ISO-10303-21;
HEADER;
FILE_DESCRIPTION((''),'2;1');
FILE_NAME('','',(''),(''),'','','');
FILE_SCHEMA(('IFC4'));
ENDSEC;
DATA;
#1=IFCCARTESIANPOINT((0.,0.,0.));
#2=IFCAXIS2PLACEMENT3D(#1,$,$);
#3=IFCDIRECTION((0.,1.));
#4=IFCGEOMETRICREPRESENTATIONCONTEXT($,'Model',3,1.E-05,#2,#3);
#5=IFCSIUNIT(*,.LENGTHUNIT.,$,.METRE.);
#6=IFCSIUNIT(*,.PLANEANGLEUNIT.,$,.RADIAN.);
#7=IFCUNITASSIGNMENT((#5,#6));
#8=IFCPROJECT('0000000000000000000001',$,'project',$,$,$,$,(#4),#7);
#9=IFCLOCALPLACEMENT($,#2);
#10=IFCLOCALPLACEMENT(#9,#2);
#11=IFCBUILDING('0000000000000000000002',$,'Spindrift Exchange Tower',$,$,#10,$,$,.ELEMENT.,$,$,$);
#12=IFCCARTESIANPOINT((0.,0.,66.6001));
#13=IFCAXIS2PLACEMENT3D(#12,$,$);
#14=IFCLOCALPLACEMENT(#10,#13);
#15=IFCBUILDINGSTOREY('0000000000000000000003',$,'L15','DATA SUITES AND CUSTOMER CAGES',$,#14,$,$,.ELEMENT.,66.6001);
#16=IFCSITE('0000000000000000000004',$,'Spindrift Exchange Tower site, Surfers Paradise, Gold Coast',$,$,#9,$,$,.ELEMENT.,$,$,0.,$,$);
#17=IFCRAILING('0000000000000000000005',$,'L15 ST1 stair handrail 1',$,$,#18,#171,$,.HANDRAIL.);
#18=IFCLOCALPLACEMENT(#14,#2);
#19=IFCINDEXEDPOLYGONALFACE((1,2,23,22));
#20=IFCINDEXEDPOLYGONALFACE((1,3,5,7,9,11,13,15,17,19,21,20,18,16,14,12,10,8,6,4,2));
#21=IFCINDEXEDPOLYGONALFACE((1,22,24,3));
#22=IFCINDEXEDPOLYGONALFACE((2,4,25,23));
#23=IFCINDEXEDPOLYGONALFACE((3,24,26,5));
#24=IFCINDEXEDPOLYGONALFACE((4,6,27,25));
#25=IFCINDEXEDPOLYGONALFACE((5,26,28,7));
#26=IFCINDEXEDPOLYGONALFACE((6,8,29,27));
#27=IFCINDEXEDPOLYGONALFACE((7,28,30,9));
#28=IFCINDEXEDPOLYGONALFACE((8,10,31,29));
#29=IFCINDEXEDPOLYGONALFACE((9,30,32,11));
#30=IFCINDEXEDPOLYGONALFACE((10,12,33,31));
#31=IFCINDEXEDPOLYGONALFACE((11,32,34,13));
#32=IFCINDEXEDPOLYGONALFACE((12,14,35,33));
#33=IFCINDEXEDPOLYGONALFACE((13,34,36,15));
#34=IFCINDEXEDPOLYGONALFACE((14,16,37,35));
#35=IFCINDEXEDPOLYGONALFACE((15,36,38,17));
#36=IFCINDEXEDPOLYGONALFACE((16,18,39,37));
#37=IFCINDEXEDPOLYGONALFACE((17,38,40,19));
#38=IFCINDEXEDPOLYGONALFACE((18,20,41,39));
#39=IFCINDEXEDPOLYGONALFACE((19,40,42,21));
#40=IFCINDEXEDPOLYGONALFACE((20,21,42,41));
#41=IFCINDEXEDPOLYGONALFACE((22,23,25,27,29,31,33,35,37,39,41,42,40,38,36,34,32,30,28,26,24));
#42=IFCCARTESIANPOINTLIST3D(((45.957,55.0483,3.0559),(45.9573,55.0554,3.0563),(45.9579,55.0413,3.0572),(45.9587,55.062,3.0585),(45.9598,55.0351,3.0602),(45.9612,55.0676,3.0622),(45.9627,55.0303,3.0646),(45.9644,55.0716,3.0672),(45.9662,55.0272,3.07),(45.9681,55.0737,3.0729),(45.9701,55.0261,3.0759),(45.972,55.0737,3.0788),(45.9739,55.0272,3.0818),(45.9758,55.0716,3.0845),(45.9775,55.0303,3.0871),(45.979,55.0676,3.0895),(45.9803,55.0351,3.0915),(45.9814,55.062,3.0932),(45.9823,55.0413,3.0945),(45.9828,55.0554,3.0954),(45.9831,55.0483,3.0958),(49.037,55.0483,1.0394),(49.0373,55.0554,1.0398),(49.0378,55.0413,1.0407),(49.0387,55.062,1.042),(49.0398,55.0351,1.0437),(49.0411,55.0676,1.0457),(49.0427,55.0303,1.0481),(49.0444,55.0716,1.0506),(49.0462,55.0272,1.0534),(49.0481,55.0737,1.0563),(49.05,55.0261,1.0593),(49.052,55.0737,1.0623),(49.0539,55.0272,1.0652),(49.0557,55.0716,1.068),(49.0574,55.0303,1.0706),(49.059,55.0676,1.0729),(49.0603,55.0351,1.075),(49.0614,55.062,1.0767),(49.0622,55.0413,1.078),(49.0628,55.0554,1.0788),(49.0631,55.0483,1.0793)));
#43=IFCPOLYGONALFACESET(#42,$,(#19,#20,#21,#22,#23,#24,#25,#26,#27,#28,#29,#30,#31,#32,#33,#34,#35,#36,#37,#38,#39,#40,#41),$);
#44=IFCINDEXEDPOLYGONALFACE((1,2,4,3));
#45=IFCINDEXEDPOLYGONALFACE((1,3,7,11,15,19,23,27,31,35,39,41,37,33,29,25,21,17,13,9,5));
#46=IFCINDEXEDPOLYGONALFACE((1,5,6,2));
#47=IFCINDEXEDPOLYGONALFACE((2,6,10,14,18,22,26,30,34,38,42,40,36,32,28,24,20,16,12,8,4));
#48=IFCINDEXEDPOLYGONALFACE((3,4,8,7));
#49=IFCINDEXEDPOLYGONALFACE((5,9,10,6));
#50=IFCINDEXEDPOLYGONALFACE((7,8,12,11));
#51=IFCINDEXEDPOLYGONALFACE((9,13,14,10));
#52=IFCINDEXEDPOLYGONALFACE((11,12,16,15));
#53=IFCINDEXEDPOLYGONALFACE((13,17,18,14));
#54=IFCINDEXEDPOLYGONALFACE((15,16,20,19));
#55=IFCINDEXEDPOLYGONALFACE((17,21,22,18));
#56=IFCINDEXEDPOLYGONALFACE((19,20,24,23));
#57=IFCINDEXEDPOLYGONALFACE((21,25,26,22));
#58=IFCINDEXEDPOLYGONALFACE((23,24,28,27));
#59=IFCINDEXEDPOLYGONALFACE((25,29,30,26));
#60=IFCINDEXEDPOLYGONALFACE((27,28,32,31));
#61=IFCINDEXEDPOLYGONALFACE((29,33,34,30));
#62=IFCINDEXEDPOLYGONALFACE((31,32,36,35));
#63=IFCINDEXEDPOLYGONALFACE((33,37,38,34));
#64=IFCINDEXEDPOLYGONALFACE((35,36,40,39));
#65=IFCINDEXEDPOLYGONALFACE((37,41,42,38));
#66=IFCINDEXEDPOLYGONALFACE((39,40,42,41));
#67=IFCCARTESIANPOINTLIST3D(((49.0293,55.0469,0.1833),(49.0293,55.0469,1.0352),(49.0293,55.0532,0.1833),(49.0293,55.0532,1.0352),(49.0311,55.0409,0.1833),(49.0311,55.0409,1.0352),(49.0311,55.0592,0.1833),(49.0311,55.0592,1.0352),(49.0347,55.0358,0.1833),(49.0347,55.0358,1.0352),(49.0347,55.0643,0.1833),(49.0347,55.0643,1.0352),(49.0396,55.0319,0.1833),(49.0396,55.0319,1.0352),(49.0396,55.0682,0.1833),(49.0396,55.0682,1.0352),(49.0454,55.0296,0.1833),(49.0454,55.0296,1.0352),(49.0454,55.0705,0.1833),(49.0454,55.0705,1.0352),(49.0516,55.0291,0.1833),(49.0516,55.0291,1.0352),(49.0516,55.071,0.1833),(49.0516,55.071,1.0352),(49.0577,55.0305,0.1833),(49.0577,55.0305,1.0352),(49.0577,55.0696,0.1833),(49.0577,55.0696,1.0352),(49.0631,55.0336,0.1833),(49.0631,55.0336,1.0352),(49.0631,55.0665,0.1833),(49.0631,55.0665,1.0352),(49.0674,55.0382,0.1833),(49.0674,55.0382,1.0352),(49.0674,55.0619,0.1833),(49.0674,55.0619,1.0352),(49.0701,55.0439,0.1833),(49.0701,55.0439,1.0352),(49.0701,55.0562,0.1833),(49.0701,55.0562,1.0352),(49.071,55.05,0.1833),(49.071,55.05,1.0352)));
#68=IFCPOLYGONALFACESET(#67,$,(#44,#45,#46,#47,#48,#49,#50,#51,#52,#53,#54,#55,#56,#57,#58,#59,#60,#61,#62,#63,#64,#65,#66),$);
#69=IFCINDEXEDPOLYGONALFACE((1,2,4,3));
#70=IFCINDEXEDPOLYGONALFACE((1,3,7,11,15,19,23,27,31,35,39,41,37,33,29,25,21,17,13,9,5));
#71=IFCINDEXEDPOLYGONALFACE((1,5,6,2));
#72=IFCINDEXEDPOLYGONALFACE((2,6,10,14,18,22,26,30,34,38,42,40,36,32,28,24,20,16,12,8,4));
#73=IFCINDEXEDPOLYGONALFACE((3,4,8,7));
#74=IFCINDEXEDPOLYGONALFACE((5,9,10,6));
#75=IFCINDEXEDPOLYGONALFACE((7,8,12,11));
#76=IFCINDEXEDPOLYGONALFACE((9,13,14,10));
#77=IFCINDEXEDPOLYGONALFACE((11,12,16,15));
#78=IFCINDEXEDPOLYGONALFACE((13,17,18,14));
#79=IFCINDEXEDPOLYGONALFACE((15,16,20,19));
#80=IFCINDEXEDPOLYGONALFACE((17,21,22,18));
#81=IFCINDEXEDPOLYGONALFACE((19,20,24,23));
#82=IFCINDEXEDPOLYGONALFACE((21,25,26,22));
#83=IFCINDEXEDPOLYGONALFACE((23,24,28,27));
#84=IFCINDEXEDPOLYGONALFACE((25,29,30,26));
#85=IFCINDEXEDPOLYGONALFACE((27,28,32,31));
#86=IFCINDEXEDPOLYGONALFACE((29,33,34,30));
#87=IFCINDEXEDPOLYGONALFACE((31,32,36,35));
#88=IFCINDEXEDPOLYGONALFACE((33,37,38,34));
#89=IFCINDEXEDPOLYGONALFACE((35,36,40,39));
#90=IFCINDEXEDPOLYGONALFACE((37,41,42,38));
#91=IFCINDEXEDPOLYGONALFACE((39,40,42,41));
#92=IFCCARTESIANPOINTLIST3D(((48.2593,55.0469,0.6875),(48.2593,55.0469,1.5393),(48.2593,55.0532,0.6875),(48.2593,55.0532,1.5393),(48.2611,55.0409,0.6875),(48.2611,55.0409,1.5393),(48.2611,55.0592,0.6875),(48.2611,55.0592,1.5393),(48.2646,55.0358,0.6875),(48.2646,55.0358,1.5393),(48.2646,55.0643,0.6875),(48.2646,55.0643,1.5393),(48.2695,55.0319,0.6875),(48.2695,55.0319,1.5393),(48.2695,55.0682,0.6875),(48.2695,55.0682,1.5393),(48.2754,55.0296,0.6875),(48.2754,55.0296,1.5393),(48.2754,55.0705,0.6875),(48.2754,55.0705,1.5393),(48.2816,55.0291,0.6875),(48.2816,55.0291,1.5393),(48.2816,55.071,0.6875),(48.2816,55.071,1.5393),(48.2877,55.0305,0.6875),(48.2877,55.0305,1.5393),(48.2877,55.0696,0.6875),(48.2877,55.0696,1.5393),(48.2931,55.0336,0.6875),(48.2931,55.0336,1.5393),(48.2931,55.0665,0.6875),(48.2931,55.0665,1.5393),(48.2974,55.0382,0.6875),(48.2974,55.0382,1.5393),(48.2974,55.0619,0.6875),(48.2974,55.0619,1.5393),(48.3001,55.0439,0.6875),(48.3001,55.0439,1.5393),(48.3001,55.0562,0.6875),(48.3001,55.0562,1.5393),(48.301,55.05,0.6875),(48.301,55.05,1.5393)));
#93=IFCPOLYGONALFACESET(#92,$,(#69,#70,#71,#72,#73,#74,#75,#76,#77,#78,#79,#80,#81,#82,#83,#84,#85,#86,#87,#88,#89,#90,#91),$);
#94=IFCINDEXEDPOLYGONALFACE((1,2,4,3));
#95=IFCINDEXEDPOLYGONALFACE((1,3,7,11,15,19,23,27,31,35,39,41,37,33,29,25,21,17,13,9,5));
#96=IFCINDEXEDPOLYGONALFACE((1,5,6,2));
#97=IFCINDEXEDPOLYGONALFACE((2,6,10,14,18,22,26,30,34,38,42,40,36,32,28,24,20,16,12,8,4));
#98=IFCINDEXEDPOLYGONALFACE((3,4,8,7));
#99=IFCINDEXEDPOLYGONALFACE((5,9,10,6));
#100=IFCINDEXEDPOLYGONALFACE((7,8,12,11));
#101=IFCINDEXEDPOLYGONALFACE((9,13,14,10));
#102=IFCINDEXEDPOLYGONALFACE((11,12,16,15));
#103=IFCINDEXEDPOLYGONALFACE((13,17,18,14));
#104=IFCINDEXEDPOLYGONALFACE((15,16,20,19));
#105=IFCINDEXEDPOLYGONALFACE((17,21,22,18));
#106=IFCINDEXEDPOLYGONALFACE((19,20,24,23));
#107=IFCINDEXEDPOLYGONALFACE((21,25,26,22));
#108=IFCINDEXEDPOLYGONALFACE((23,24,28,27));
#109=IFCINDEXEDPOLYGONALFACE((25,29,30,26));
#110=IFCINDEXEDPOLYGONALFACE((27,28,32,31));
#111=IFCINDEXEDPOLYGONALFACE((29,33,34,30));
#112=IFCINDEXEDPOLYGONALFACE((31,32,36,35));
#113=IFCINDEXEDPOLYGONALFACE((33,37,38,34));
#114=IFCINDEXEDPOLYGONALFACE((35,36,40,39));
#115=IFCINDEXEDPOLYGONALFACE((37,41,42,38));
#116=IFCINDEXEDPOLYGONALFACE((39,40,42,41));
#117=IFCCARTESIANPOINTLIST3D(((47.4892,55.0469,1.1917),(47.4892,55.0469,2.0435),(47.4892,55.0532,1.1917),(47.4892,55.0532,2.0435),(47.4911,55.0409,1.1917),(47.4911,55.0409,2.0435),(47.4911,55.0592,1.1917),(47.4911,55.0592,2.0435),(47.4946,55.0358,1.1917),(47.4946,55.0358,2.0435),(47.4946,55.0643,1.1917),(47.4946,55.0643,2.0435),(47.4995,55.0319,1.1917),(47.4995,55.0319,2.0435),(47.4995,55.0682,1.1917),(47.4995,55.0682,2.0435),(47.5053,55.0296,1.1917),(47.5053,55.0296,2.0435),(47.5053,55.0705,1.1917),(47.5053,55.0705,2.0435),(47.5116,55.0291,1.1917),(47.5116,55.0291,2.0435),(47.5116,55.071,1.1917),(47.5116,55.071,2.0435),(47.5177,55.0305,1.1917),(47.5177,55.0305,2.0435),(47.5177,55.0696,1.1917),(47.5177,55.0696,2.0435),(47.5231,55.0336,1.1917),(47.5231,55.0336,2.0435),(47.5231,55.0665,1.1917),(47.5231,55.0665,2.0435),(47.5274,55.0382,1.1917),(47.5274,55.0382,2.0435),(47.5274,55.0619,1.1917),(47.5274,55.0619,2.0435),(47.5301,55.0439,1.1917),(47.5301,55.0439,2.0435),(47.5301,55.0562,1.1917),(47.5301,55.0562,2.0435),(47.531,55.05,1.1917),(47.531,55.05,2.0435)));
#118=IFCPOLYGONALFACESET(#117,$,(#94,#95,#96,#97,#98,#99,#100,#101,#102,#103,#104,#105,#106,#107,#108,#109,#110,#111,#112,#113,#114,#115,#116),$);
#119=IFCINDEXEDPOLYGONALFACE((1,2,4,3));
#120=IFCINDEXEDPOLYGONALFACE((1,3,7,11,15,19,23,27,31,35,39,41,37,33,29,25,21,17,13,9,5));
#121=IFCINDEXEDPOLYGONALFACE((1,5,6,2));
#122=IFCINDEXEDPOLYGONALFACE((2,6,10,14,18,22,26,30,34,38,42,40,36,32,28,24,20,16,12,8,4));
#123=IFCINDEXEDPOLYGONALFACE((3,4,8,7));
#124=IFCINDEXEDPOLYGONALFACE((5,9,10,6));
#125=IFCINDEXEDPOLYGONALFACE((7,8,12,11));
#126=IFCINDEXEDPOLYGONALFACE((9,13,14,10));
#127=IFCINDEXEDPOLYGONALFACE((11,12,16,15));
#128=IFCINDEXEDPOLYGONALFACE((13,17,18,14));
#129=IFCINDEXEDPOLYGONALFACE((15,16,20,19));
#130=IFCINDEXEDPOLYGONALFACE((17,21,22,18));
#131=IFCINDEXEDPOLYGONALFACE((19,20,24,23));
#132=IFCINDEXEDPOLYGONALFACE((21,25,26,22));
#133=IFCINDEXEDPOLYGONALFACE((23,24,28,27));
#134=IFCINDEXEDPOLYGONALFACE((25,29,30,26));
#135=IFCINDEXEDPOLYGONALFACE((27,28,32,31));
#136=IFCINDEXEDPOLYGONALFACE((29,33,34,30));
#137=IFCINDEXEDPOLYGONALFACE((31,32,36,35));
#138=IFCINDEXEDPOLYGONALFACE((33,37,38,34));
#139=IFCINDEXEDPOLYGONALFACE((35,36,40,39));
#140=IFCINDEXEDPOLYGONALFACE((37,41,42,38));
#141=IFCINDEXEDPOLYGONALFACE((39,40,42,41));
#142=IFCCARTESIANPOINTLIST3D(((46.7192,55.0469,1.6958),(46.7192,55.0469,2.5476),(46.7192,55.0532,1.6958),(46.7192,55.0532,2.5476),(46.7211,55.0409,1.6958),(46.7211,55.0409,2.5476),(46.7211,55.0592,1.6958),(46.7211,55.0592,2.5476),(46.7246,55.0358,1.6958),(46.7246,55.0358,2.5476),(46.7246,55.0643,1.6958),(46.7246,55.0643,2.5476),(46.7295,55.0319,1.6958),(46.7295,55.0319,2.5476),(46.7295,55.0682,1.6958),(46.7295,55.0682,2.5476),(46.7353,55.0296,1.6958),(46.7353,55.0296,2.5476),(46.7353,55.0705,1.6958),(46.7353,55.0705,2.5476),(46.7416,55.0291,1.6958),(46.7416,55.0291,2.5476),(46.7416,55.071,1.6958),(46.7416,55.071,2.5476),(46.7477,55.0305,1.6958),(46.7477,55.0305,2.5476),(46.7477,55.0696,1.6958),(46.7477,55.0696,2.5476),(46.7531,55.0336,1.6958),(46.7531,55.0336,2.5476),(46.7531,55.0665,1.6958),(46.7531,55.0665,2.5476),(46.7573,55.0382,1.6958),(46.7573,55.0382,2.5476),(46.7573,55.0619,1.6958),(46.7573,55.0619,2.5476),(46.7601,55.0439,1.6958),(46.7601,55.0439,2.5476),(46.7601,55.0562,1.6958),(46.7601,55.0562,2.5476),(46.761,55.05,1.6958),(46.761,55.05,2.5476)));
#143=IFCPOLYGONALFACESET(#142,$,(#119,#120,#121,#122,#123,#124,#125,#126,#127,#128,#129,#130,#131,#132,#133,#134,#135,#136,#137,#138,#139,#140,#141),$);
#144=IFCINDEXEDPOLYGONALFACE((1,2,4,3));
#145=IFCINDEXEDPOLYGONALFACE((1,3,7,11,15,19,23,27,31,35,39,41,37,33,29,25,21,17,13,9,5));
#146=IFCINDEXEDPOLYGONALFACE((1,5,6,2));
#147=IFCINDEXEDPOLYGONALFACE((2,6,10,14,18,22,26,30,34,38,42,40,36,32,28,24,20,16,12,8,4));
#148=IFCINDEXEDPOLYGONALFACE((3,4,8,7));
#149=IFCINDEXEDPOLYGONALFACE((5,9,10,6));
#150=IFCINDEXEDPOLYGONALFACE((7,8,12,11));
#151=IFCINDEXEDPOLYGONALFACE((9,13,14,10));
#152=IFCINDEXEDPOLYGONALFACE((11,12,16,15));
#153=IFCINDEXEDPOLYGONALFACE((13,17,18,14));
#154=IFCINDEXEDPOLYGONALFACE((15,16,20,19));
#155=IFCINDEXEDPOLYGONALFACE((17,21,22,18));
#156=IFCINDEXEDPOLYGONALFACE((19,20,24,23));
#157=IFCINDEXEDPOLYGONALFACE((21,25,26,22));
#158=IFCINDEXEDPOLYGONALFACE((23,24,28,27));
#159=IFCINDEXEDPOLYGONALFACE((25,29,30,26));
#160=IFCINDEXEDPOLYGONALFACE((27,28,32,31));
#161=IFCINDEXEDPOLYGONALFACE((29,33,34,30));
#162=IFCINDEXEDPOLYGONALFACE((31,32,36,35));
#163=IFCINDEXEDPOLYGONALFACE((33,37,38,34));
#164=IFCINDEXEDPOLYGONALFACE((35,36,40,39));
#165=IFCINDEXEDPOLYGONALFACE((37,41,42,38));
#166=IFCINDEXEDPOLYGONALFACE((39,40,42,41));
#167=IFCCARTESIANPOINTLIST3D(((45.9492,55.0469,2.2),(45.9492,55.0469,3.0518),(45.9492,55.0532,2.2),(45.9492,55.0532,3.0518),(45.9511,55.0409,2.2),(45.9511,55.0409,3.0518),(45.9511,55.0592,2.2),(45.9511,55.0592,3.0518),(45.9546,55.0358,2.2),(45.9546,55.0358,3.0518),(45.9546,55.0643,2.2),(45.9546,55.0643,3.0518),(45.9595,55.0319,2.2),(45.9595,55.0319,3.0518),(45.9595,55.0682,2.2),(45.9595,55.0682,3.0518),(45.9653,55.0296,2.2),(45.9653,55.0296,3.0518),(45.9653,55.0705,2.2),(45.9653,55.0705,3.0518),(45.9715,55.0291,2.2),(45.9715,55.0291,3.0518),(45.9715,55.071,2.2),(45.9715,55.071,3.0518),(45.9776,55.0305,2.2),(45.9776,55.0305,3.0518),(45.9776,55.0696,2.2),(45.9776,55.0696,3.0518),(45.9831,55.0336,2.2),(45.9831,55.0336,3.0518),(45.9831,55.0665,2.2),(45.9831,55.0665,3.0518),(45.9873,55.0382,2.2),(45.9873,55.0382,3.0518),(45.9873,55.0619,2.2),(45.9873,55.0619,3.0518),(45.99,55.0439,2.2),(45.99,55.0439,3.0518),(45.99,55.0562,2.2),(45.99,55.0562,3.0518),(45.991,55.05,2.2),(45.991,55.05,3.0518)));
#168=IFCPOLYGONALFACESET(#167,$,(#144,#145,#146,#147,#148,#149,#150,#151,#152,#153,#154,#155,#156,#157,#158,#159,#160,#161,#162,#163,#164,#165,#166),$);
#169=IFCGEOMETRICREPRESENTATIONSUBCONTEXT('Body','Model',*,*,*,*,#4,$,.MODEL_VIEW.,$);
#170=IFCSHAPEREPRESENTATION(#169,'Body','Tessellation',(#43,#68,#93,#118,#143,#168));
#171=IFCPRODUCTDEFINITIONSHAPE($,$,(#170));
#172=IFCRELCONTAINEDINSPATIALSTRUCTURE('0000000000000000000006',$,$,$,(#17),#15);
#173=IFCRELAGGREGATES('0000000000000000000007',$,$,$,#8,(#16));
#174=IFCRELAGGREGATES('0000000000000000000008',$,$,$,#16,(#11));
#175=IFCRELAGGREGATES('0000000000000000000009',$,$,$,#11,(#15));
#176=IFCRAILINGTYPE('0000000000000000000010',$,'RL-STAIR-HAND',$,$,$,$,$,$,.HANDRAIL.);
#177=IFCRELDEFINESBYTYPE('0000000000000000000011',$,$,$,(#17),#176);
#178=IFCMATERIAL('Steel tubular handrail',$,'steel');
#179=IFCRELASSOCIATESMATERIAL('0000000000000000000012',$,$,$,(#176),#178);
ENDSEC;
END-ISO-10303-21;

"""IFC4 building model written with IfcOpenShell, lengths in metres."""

from ifc_helpers import new_model, si_unit, direction, frame, origin, origin_2d, place, context, subcontext, project, spatial, circle, extrude, material, type_object, element, save


model = new_model("IFC4")

# Units and contexts
model_context = context("Model", 3, precision=1e-05, world=origin(), true_north=direction((0.0, 1.0)))
body_context = subcontext(model_context, "Body", "Model", "MODEL_VIEW")
ifc_project = project(units=[si_unit("LENGTHUNIT", "METRE"), si_unit("PLANEANGLEUNIT", "RADIAN")], contexts=[model_context])

# Site, building, storey
site_placement = place(None, origin())
site = spatial("IfcSite", under=ifc_project, at=site_placement, Name="Spindrift Exchange Tower site, Surfers Paradise, Gold Coast", CompositionType="ELEMENT", RefElevation=0.0)
building_placement = place(site_placement, origin())
building = spatial("IfcBuilding", under=site, at=building_placement, Name="Spindrift Exchange Tower", CompositionType="ELEMENT")
storey_placement = place(building_placement, frame((0.0, 0.0, 66.6001)))
storey = spatial("IfcBuildingStorey", under=building, at=storey_placement, Name="L15", Description="DATA SUITES AND CUSTOMER CAGES", CompositionType="ELEMENT", Elevation=66.6001)

# Railing
ifc_material_1 = material(Name="Steel tubular handrail", Category="steel")
railing_type_1 = type_object("IfcRailingType", Name="RL-STAIR-HAND", PredefinedType="HANDRAIL", material=ifc_material_1)
railing_1_placement = place(storey_placement, frame((49.05, 55.05, 0.1833)))
element("IfcRailing", 1, at=railing_1_placement, inside=storey, type_object=railing_type_1, Name="L15 ST1 stair handrail 1", PredefinedType="HANDRAIL", context=body_context, shape_type="SweptSolid", body=[
    extrude(circle(Radius=0.0239, at=origin_2d()), frame((0.0, 0.0, 0.876), z_axis=(-0.836633, 0.0, 0.547764), x_axis=(0.0, -1.0, 0.0)), (0.0, 0.0, 1.0), 3.6814),
    extrude(circle(Radius=0.021, at=origin_2d()), origin(), (0.0, 0.0, 1.0), 0.8518),
    extrude(circle(Radius=0.021, at=origin_2d()), frame((-0.77, 0.0, 0.5042)), (0.0, 0.0, 1.0), 0.8518),
    extrude(circle(Radius=0.021, at=origin_2d()), frame((-1.54, 0.0, 1.0083)), (0.0, 0.0, 1.0), 0.8518),
    extrude(circle(Radius=0.021, at=origin_2d()), frame((-2.3101, 0.0, 1.5125)), (0.0, 0.0, 1.0), 0.8518),
    extrude(circle(Radius=0.021, at=origin_2d()), frame((-3.0801, 0.0, 2.0166)), (0.0, 0.0, 1.0), 0.8518),
])

save(model, "model.ifc")
